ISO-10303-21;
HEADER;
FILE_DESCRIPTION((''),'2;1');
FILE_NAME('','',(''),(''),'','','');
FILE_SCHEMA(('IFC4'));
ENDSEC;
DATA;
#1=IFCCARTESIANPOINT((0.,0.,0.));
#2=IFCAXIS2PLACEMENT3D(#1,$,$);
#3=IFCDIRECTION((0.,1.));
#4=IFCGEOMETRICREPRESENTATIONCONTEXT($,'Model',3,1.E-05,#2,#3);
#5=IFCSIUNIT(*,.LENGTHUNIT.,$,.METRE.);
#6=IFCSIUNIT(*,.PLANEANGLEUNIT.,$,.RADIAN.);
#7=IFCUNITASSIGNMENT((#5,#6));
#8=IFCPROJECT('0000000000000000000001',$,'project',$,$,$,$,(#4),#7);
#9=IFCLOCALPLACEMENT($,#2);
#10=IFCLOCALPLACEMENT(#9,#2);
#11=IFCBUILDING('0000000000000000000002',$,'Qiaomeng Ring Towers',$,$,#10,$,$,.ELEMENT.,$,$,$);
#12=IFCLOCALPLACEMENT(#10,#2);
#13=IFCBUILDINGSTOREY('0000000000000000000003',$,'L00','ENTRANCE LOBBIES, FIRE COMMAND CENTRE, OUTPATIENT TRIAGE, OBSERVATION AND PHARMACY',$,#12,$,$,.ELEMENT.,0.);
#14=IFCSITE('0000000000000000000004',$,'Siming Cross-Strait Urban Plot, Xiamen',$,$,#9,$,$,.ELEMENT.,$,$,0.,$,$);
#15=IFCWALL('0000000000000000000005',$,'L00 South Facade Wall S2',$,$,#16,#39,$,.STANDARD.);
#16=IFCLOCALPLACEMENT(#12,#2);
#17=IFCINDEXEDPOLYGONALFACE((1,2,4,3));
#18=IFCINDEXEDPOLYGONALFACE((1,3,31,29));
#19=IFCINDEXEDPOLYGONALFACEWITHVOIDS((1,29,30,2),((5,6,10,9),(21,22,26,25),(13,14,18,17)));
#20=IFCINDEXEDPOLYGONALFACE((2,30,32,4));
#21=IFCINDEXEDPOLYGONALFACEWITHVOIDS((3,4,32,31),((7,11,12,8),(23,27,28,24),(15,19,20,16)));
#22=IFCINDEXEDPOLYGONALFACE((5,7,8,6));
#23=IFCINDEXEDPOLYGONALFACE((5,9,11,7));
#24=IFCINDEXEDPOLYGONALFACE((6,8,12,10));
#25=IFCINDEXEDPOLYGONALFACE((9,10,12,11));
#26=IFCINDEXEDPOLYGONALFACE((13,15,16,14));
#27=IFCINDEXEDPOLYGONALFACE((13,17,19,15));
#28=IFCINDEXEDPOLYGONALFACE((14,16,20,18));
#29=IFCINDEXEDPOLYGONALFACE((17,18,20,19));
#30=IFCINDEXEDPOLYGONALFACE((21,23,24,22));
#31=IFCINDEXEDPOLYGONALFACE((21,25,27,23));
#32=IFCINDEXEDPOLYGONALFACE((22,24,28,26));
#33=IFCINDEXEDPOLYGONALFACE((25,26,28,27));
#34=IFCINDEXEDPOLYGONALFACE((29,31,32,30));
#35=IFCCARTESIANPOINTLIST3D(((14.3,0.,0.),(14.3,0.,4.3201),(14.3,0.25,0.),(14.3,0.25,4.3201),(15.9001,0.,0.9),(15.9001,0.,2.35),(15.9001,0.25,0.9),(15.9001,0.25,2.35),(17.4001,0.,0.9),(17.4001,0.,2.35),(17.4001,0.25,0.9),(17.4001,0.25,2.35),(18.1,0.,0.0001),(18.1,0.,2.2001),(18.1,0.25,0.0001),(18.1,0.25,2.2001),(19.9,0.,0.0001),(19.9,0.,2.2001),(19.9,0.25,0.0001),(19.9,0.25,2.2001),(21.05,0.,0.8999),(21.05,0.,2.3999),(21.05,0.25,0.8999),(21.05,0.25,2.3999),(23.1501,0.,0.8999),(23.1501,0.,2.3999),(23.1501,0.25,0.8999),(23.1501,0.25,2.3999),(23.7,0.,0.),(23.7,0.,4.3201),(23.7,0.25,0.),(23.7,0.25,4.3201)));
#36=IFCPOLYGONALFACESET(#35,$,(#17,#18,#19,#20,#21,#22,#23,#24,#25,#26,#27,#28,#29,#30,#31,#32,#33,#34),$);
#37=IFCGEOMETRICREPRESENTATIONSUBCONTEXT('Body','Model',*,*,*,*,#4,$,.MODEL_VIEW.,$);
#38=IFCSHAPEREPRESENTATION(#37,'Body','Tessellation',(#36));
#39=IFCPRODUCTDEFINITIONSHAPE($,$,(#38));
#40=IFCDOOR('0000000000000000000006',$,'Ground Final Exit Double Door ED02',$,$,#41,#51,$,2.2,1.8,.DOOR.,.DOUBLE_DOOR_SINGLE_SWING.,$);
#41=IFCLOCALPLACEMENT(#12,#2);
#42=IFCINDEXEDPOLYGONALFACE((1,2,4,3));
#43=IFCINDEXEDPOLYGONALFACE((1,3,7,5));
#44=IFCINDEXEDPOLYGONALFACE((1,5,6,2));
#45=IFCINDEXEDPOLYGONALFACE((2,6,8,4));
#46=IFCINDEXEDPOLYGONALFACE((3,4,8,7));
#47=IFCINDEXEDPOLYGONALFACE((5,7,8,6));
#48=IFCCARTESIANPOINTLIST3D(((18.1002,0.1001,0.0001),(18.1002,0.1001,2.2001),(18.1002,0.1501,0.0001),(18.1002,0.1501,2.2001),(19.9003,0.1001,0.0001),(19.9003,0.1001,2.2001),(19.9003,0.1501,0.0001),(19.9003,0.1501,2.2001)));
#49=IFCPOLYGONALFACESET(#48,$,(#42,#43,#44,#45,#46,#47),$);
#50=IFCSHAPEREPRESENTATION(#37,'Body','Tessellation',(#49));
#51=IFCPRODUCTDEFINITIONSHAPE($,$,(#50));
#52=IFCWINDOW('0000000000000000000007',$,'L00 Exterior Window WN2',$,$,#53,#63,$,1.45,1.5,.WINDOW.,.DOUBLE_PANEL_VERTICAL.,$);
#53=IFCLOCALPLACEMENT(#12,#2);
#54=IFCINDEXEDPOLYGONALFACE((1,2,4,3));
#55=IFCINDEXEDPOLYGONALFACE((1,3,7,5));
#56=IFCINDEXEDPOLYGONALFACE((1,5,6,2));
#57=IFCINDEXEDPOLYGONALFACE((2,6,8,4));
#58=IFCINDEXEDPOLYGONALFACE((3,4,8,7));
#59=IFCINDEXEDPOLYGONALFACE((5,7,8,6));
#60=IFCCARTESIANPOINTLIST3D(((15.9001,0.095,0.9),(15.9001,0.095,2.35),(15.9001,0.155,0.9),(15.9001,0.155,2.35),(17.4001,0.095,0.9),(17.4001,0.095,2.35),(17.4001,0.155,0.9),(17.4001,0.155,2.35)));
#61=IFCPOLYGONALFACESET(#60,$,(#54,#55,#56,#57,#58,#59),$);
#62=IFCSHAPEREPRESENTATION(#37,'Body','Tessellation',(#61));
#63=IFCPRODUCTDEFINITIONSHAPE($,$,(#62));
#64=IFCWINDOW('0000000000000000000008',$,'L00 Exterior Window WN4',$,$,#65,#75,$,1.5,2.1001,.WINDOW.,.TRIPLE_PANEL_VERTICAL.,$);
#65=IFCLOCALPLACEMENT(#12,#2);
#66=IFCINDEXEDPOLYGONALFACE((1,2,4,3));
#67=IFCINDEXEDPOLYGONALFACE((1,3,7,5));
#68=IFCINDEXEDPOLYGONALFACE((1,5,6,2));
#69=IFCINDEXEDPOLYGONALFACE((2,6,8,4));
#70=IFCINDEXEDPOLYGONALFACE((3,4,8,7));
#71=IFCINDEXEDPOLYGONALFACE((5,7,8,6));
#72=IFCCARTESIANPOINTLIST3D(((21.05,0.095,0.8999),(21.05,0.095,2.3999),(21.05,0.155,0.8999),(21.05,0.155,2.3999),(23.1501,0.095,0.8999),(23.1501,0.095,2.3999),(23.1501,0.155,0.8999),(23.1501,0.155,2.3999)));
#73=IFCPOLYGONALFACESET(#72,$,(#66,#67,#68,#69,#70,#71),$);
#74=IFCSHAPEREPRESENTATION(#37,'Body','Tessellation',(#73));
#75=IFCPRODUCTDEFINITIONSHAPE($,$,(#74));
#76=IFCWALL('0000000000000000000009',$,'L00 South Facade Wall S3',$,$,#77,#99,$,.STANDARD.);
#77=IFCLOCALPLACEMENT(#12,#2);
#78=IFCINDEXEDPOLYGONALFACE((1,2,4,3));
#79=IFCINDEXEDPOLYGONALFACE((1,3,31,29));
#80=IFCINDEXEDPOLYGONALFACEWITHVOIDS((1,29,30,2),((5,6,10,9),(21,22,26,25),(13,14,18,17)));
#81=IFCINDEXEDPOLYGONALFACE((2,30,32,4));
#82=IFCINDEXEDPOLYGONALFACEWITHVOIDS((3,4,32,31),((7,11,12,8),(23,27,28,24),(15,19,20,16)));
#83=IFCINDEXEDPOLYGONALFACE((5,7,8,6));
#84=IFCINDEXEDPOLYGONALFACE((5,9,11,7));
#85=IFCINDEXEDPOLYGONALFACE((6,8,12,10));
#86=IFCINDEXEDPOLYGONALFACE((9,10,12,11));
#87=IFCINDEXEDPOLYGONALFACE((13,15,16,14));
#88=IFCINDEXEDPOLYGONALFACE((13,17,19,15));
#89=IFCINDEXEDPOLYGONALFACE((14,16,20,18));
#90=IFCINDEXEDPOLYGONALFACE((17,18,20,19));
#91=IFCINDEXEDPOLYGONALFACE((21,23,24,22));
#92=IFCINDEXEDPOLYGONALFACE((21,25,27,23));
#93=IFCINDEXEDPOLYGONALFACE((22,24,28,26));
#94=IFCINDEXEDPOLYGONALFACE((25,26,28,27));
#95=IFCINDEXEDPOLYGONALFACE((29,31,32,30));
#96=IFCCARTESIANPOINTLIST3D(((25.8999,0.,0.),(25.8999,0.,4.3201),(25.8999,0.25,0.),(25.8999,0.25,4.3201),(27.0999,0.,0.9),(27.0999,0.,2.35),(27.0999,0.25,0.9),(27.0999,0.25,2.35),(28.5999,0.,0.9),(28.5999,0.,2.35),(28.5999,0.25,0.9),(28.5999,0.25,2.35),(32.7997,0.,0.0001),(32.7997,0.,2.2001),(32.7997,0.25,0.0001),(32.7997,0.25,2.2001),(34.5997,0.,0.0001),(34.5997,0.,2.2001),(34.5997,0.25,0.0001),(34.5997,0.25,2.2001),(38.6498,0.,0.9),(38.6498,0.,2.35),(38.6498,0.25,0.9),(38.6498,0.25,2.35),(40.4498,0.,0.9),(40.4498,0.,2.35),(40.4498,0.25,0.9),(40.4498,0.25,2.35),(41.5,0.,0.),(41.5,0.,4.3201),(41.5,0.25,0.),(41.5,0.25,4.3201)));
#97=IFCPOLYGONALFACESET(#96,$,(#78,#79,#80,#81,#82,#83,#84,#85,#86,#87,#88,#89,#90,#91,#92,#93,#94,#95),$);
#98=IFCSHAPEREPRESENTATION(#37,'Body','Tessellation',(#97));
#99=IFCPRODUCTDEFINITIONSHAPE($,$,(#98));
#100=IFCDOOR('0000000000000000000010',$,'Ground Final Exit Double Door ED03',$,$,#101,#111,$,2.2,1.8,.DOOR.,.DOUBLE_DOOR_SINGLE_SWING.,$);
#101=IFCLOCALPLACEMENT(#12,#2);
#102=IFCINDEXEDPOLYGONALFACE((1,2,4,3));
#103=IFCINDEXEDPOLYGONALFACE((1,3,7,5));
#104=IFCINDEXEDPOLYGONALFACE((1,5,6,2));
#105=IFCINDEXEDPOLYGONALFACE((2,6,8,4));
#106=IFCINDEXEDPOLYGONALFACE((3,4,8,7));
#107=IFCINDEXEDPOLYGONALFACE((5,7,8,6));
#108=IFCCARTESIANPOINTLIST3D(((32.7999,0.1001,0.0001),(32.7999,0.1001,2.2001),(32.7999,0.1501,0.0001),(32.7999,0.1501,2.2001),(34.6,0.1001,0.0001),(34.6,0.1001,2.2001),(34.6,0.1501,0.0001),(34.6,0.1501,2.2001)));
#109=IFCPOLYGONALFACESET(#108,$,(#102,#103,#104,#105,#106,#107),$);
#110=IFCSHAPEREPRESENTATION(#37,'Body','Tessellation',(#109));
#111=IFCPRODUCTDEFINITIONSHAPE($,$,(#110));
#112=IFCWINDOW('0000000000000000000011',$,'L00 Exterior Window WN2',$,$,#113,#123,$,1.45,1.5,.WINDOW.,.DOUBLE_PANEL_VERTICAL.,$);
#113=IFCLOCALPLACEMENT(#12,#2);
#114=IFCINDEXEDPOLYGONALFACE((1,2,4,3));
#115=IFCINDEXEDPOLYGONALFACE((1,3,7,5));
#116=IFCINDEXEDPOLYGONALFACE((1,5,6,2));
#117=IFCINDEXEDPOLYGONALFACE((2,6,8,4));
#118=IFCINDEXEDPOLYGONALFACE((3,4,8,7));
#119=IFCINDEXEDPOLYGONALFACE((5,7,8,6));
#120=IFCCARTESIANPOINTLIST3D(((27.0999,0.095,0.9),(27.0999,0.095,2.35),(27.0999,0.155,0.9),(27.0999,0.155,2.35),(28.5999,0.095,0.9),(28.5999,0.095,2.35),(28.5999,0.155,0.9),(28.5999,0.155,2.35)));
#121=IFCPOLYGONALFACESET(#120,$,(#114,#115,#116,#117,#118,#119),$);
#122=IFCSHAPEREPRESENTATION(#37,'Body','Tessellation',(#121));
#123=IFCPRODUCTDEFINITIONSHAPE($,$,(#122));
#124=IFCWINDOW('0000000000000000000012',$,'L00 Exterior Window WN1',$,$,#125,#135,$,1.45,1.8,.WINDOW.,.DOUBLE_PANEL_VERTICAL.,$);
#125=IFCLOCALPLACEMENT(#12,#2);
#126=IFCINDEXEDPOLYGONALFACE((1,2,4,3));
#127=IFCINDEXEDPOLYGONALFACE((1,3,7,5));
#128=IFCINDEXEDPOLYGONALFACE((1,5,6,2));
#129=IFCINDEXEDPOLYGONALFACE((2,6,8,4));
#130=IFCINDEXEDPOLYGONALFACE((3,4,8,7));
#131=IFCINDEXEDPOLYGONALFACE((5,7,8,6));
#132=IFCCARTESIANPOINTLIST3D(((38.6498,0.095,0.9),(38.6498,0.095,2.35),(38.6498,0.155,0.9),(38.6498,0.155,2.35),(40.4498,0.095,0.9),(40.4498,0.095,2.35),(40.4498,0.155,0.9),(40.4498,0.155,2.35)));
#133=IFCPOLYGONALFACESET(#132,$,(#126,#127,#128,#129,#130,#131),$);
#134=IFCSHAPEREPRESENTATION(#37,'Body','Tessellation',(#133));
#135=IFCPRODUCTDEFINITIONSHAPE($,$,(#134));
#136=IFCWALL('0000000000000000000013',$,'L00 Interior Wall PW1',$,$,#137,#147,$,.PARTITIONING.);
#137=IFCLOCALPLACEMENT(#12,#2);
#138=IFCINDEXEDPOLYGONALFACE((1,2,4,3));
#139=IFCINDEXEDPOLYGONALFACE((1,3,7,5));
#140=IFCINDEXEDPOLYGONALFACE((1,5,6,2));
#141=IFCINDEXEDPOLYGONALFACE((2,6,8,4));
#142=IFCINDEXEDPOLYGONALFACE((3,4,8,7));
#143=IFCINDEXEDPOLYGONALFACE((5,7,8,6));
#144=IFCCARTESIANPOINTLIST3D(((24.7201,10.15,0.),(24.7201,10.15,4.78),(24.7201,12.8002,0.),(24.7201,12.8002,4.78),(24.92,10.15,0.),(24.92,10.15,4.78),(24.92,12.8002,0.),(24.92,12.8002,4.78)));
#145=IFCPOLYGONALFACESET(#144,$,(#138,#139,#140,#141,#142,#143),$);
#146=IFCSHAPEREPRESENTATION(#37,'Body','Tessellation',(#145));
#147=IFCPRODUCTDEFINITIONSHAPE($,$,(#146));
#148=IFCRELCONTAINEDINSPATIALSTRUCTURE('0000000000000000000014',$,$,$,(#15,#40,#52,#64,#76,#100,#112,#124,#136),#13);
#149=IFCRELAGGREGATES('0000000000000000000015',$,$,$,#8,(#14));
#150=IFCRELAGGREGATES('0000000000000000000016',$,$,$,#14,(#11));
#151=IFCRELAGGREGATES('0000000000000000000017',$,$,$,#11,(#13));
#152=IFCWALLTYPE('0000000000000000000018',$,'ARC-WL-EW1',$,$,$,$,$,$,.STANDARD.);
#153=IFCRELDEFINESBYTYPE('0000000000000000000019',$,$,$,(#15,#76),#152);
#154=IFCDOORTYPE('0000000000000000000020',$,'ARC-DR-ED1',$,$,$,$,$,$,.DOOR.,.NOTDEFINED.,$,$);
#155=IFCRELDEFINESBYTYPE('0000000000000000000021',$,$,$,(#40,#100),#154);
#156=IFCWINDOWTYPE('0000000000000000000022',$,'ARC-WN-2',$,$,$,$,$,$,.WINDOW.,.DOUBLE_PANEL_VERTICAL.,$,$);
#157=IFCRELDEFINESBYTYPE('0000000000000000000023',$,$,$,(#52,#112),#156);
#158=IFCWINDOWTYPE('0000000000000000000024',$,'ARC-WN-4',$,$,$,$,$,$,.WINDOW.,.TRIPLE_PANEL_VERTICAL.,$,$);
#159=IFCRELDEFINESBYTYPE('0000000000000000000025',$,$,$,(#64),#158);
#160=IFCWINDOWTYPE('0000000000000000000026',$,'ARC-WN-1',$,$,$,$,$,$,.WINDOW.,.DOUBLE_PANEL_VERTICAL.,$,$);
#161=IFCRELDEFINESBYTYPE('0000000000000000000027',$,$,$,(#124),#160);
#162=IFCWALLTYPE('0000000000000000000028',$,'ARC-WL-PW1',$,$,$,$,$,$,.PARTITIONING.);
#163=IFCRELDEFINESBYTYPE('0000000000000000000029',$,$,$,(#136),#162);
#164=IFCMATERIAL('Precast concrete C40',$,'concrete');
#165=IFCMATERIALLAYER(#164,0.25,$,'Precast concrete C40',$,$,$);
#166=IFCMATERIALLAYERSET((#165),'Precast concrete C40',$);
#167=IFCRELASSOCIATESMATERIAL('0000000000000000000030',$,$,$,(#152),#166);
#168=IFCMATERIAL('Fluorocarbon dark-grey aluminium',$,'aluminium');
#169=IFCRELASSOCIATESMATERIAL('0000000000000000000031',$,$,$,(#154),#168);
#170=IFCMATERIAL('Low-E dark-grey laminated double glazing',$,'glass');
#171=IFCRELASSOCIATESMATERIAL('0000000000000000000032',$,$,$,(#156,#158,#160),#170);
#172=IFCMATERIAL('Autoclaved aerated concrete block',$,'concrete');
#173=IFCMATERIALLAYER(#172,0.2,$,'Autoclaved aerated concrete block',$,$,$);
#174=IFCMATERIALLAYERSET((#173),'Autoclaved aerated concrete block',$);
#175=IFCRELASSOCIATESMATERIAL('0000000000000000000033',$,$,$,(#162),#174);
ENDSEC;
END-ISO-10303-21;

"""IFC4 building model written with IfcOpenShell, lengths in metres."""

from ifc_helpers import new_model, si_unit, direction, frame, frame_2d, origin, place, context, subcontext, project, spatial, rectangle, extrude, source, transform, mapped, material, layer, layer_set, type_object, element, fill, save


model = new_model("IFC4")

# Units and contexts
model_context = context("Model", 3, precision=1e-05, world=origin(), true_north=direction((0.0, 1.0)))
body_context = subcontext(model_context, "Body", "Model", "MODEL_VIEW")
ifc_project = project(units=[si_unit("LENGTHUNIT", "METRE"), si_unit("PLANEANGLEUNIT", "RADIAN")], contexts=[model_context])

# Site, building, storey
site_placement = place(None, origin())
site = spatial("IfcSite", under=ifc_project, at=site_placement, Name="Siming Cross-Strait Urban Plot, Xiamen", CompositionType="ELEMENT", RefElevation=0.0)
building_placement = place(site_placement, origin())
building = spatial("IfcBuilding", under=site, at=building_placement, Name="Qiaomeng Ring Towers", CompositionType="ELEMENT")
storey_placement = place(building_placement, origin())
storey = spatial("IfcBuildingStorey", under=building, at=storey_placement, Name="L00", Description="ENTRANCE LOBBIES, FIRE COMMAND CENTRE, OUTPATIENT TRIAGE, OBSERVATION AND PHARMACY", CompositionType="ELEMENT", Elevation=0.0)

# Walls, openings, doors, windows
ifc_material_1 = material(Name="Precast concrete C40", Category="concrete")
ifc_layer_1 = layer(ifc_material_1, 0.25, Name="Precast concrete C40")
ifc_layer_set_1 = layer_set([ifc_layer_1], Name="Precast concrete C40")
wall_type_1 = type_object("IfcWallType", Name="ARC-WL-EW1", PredefinedType="STANDARD", material=ifc_layer_set_1)
wall_1_placement = place(storey_placement, frame((14.3, 0.125, 0.0), z_axis=(0.0, 0.0, 1.0), x_axis=(1.0, 0.0, 0.0)))
wall_1 = element("IfcWall", 1, at=wall_1_placement, inside=storey, type_object=wall_type_1, Name="L00 South Facade Wall S2", PredefinedType="STANDARD", context=body_context, shape_type="SweptSolid", body=[
    extrude(rectangle(XDim=9.3999, YDim=0.25, at=frame_2d((4.7, 0.0))), origin(), (0.0, 0.0, 1.0), 4.3201),
])
opening_1_placement = place(wall_1_placement, frame((3.8, 0.0, 0.0)))
opening_1 = element("IfcOpeningElement", 2, at=opening_1_placement, cuts=wall_1, PredefinedType="OPENING", context=body_context, shape_type="SweptSolid", body=[
    extrude(rectangle(XDim=1.8, YDim=2.2, at=frame_2d((0.8999, 1.1001))), frame((0.0, 0.135, 0.0), z_axis=(0.0, -1.0, 0.0), x_axis=(1.0, 0.0, 0.0)), (0.0, 0.0, 1.0), 0.27),
])
opening_2_placement = place(wall_1_placement, frame((1.6001, 0.0, 0.8999)))
opening_2 = element("IfcOpeningElement", 3, at=opening_2_placement, cuts=wall_1, PredefinedType="OPENING", context=body_context, shape_type="SweptSolid", body=[
    extrude(rectangle(XDim=1.5, YDim=1.45, at=frame_2d((0.75, 0.7251))), frame((0.0, 0.135, 0.0), z_axis=(0.0, -1.0, 0.0), x_axis=(1.0, 0.0, 0.0)), (0.0, 0.0, 1.0), 0.27),
])
opening_3_placement = place(wall_1_placement, frame((6.75, 0.0, 0.8999)))
opening_3 = element("IfcOpeningElement", 4, at=opening_3_placement, cuts=wall_1, PredefinedType="OPENING", context=body_context, shape_type="SweptSolid", body=[
    extrude(rectangle(XDim=2.1001, YDim=1.5, at=frame_2d((1.05, 0.75))), frame((0.0, 0.135, 0.0), z_axis=(0.0, -1.0, 0.0), x_axis=(1.0, 0.0, 0.0)), (0.0, 0.0, 1.0), 0.27),
])
ifc_material_2 = material(Name="Fluorocarbon dark-grey aluminium", Category="aluminium")
door_type_1 = type_object("IfcDoorType", Name="ARC-DR-ED1", OperationType="NOTDEFINED", PredefinedType="DOOR", material=ifc_material_2)
shared_shape_1 = source(origin(), body_context, "Body", "SweptSolid", [
    extrude(rectangle(XDim=1.8, YDim=2.2, at=frame_2d((0.8999, 1.1001))), frame((0.0, 0.0249, 0.0), z_axis=(0.0, -1.0, 0.0), x_axis=(1.0, 0.0, 0.0)), (0.0, 0.0, 1.0), 0.05),
])
door_1_placement = place(opening_1_placement, frame((1.8, 0.0, 0.0), z_axis=(0.0, 0.0, 1.0), x_axis=(-1.0, 0.0, 0.0)))
door_1 = element("IfcDoor", 5, at=door_1_placement, inside=storey, type_object=door_type_1, Name="Ground Final Exit Double Door ED02", OperationType="DOUBLE_DOOR_SINGLE_SWING", OverallHeight=2.2, OverallWidth=1.8, PredefinedType="DOOR", context=body_context, shape_type="MappedRepresentation", body=[
    mapped(shared_shape_1, transform((0.0, 0.0, 0.0), x_axis=(1.0, 0.0, 0.0), y_axis=(0.0, 1.0, 0.0), z_axis=(0.0, 0.0, 1.0), scale=1.0)),
])
fill(opening_1, door_1)
ifc_material_3 = material(Name="Low-E dark-grey laminated double glazing", Category="glass")
window_type_1 = type_object("IfcWindowType", Name="ARC-WN-2", PartitioningType="DOUBLE_PANEL_VERTICAL", PredefinedType="WINDOW", material=ifc_material_3)
shared_shape_2 = source(origin(), body_context, "Body", "SweptSolid", [
    extrude(rectangle(XDim=1.5, YDim=1.45, at=frame_2d((0.75, 0.7251))), frame((0.0, 0.03, 0.0), z_axis=(0.0, -1.0, 0.0), x_axis=(1.0, 0.0, 0.0)), (0.0, 0.0, 1.0), 0.0601),
])
window_1_placement = place(opening_2_placement, origin())
window_1 = element("IfcWindow", 6, at=window_1_placement, inside=storey, type_object=window_type_1, Name="L00 Exterior Window WN2", OverallHeight=1.45, OverallWidth=1.5, PartitioningType="DOUBLE_PANEL_VERTICAL", PredefinedType="WINDOW", context=body_context, shape_type="MappedRepresentation", body=[
    mapped(shared_shape_2, transform((0.0, 0.0, 0.0), x_axis=(1.0, 0.0, 0.0), y_axis=(0.0, 1.0, 0.0), z_axis=(0.0, 0.0, 1.0), scale=1.0)),
])
fill(opening_2, window_1)
window_type_2 = type_object("IfcWindowType", Name="ARC-WN-4", PartitioningType="TRIPLE_PANEL_VERTICAL", PredefinedType="WINDOW", material=ifc_material_3)
shared_shape_3 = source(origin(), body_context, "Body", "SweptSolid", [
    extrude(rectangle(XDim=2.1001, YDim=1.5, at=frame_2d((1.05, 0.75))), frame((0.0, 0.03, 0.0), z_axis=(0.0, -1.0, 0.0), x_axis=(1.0, 0.0, 0.0)), (0.0, 0.0, 1.0), 0.0601),
])
window_2_placement = place(opening_3_placement, origin())
window_2 = element("IfcWindow", 7, at=window_2_placement, inside=storey, type_object=window_type_2, Name="L00 Exterior Window WN4", OverallHeight=1.5, OverallWidth=2.1001, PartitioningType="TRIPLE_PANEL_VERTICAL", PredefinedType="WINDOW", context=body_context, shape_type="MappedRepresentation", body=[
    mapped(shared_shape_3, transform((0.0, 0.0, 0.0), x_axis=(1.0, 0.0, 0.0), y_axis=(0.0, 1.0, 0.0), z_axis=(0.0, 0.0, 1.0), scale=1.0)),
])
fill(opening_3, window_2)
wall_2_placement = place(storey_placement, frame((25.8999, 0.125, 0.0), z_axis=(0.0, 0.0, 1.0), x_axis=(1.0, 0.0, 0.0)))
wall_2 = element("IfcWall", 8, at=wall_2_placement, inside=storey, type_object=wall_type_1, Name="L00 South Facade Wall S3", PredefinedType="STANDARD", context=body_context, shape_type="SweptSolid", body=[
    extrude(rectangle(XDim=15.6001, YDim=0.25, at=frame_2d((7.8, 0.0))), origin(), (0.0, 0.0, 1.0), 4.3201),
])
opening_4_placement = place(wall_2_placement, frame((6.8999, 0.0, 0.0)))
opening_4 = element("IfcOpeningElement", 9, at=opening_4_placement, cuts=wall_2, PredefinedType="OPENING", context=body_context, shape_type="SweptSolid", body=[
    extrude(rectangle(XDim=1.8, YDim=2.2, at=frame_2d((0.8999, 1.1001))), frame((0.0, 0.135, 0.0), z_axis=(0.0, -1.0, 0.0), x_axis=(1.0, 0.0, 0.0)), (0.0, 0.0, 1.0), 0.27),
])
opening_5_placement = place(wall_2_placement, frame((1.2, 0.0, 0.8999)))
opening_5 = element("IfcOpeningElement", 10, at=opening_5_placement, cuts=wall_2, PredefinedType="OPENING", context=body_context, shape_type="SweptSolid", body=[
    extrude(rectangle(XDim=1.5, YDim=1.45, at=frame_2d((0.75, 0.7251))), frame((0.0, 0.135, 0.0), z_axis=(0.0, -1.0, 0.0), x_axis=(1.0, 0.0, 0.0)), (0.0, 0.0, 1.0), 0.27),
])
opening_6_placement = place(wall_2_placement, frame((12.75, 0.0, 0.8999)))
opening_6 = element("IfcOpeningElement", 11, at=opening_6_placement, cuts=wall_2, PredefinedType="OPENING", context=body_context, shape_type="SweptSolid", body=[
    extrude(rectangle(XDim=1.8, YDim=1.45, at=frame_2d((0.8999, 0.7251))), frame((0.0, 0.135, 0.0), z_axis=(0.0, -1.0, 0.0), x_axis=(1.0, 0.0, 0.0)), (0.0, 0.0, 1.0), 0.27),
])
door_2_placement = place(opening_4_placement, frame((1.8, 0.0, 0.0), z_axis=(0.0, 0.0, 1.0), x_axis=(-1.0, 0.0, 0.0)))
door_2 = element("IfcDoor", 12, at=door_2_placement, inside=storey, type_object=door_type_1, Name="Ground Final Exit Double Door ED03", OperationType="DOUBLE_DOOR_SINGLE_SWING", OverallHeight=2.2, OverallWidth=1.8, PredefinedType="DOOR", context=body_context, shape_type="MappedRepresentation", body=[
    mapped(shared_shape_1, transform((0.0, 0.0, 0.0), x_axis=(1.0, 0.0, 0.0), y_axis=(0.0, 1.0, 0.0), z_axis=(0.0, 0.0, 1.0), scale=1.0)),
])
fill(opening_4, door_2)
window_3_placement = place(opening_5_placement, origin())
window_3 = element("IfcWindow", 13, at=window_3_placement, inside=storey, type_object=window_type_1, Name="L00 Exterior Window WN2", OverallHeight=1.45, OverallWidth=1.5, PartitioningType="DOUBLE_PANEL_VERTICAL", PredefinedType="WINDOW", context=body_context, shape_type="MappedRepresentation", body=[
    mapped(shared_shape_2, transform((0.0, 0.0, 0.0), x_axis=(1.0, 0.0, 0.0), y_axis=(0.0, 1.0, 0.0), z_axis=(0.0, 0.0, 1.0), scale=1.0)),
])
fill(opening_5, window_3)
window_type_3 = type_object("IfcWindowType", Name="ARC-WN-1", PartitioningType="DOUBLE_PANEL_VERTICAL", PredefinedType="WINDOW", material=ifc_material_3)
shared_shape_4 = source(origin(), body_context, "Body", "SweptSolid", [
    extrude(rectangle(XDim=1.8, YDim=1.45, at=frame_2d((0.8999, 0.7251))), frame((0.0, 0.03, 0.0), z_axis=(0.0, -1.0, 0.0), x_axis=(1.0, 0.0, 0.0)), (0.0, 0.0, 1.0), 0.0601),
])
window_4_placement = place(opening_6_placement, origin())
window_4 = element("IfcWindow", 14, at=window_4_placement, inside=storey, type_object=window_type_3, Name="L00 Exterior Window WN1", OverallHeight=1.45, OverallWidth=1.8, PartitioningType="DOUBLE_PANEL_VERTICAL", PredefinedType="WINDOW", context=body_context, shape_type="MappedRepresentation", body=[
    mapped(shared_shape_4, transform((0.0, 0.0, 0.0), x_axis=(1.0, 0.0, 0.0), y_axis=(0.0, 1.0, 0.0), z_axis=(0.0, 0.0, 1.0), scale=1.0)),
])
fill(opening_6, window_4)

# Wall
ifc_material_4 = material(Name="Autoclaved aerated concrete block", Category="concrete")
ifc_layer_2 = layer(ifc_material_4, 0.2, Name="Autoclaved aerated concrete block")
ifc_layer_set_2 = layer_set([ifc_layer_2], Name="Autoclaved aerated concrete block")
wall_type_2 = type_object("IfcWallType", Name="ARC-WL-PW1", PredefinedType="PARTITIONING", material=ifc_layer_set_2)
for number, where, z_axis, x_axis, name in (
    (15, (24.8201, 10.1499, 0.0), (0.0, 0.0, 1.0), (0.0, 1.0, 0.0), "L00 Interior Wall PW1"),
):
    element("IfcWall", number, at=place(storey_placement, frame(where, z_axis=z_axis, x_axis=x_axis)), inside=storey, type_object=wall_type_2, Name=name, PredefinedType="PARTITIONING", context=body_context, shape_type="SweptSolid", body=[
        extrude(rectangle(XDim=2.6501, YDim=0.2, at=frame_2d((1.3252, 0.0))), origin(), (0.0, 0.0, 1.0), 4.78),
    ])

save(model, "model.ifc")
